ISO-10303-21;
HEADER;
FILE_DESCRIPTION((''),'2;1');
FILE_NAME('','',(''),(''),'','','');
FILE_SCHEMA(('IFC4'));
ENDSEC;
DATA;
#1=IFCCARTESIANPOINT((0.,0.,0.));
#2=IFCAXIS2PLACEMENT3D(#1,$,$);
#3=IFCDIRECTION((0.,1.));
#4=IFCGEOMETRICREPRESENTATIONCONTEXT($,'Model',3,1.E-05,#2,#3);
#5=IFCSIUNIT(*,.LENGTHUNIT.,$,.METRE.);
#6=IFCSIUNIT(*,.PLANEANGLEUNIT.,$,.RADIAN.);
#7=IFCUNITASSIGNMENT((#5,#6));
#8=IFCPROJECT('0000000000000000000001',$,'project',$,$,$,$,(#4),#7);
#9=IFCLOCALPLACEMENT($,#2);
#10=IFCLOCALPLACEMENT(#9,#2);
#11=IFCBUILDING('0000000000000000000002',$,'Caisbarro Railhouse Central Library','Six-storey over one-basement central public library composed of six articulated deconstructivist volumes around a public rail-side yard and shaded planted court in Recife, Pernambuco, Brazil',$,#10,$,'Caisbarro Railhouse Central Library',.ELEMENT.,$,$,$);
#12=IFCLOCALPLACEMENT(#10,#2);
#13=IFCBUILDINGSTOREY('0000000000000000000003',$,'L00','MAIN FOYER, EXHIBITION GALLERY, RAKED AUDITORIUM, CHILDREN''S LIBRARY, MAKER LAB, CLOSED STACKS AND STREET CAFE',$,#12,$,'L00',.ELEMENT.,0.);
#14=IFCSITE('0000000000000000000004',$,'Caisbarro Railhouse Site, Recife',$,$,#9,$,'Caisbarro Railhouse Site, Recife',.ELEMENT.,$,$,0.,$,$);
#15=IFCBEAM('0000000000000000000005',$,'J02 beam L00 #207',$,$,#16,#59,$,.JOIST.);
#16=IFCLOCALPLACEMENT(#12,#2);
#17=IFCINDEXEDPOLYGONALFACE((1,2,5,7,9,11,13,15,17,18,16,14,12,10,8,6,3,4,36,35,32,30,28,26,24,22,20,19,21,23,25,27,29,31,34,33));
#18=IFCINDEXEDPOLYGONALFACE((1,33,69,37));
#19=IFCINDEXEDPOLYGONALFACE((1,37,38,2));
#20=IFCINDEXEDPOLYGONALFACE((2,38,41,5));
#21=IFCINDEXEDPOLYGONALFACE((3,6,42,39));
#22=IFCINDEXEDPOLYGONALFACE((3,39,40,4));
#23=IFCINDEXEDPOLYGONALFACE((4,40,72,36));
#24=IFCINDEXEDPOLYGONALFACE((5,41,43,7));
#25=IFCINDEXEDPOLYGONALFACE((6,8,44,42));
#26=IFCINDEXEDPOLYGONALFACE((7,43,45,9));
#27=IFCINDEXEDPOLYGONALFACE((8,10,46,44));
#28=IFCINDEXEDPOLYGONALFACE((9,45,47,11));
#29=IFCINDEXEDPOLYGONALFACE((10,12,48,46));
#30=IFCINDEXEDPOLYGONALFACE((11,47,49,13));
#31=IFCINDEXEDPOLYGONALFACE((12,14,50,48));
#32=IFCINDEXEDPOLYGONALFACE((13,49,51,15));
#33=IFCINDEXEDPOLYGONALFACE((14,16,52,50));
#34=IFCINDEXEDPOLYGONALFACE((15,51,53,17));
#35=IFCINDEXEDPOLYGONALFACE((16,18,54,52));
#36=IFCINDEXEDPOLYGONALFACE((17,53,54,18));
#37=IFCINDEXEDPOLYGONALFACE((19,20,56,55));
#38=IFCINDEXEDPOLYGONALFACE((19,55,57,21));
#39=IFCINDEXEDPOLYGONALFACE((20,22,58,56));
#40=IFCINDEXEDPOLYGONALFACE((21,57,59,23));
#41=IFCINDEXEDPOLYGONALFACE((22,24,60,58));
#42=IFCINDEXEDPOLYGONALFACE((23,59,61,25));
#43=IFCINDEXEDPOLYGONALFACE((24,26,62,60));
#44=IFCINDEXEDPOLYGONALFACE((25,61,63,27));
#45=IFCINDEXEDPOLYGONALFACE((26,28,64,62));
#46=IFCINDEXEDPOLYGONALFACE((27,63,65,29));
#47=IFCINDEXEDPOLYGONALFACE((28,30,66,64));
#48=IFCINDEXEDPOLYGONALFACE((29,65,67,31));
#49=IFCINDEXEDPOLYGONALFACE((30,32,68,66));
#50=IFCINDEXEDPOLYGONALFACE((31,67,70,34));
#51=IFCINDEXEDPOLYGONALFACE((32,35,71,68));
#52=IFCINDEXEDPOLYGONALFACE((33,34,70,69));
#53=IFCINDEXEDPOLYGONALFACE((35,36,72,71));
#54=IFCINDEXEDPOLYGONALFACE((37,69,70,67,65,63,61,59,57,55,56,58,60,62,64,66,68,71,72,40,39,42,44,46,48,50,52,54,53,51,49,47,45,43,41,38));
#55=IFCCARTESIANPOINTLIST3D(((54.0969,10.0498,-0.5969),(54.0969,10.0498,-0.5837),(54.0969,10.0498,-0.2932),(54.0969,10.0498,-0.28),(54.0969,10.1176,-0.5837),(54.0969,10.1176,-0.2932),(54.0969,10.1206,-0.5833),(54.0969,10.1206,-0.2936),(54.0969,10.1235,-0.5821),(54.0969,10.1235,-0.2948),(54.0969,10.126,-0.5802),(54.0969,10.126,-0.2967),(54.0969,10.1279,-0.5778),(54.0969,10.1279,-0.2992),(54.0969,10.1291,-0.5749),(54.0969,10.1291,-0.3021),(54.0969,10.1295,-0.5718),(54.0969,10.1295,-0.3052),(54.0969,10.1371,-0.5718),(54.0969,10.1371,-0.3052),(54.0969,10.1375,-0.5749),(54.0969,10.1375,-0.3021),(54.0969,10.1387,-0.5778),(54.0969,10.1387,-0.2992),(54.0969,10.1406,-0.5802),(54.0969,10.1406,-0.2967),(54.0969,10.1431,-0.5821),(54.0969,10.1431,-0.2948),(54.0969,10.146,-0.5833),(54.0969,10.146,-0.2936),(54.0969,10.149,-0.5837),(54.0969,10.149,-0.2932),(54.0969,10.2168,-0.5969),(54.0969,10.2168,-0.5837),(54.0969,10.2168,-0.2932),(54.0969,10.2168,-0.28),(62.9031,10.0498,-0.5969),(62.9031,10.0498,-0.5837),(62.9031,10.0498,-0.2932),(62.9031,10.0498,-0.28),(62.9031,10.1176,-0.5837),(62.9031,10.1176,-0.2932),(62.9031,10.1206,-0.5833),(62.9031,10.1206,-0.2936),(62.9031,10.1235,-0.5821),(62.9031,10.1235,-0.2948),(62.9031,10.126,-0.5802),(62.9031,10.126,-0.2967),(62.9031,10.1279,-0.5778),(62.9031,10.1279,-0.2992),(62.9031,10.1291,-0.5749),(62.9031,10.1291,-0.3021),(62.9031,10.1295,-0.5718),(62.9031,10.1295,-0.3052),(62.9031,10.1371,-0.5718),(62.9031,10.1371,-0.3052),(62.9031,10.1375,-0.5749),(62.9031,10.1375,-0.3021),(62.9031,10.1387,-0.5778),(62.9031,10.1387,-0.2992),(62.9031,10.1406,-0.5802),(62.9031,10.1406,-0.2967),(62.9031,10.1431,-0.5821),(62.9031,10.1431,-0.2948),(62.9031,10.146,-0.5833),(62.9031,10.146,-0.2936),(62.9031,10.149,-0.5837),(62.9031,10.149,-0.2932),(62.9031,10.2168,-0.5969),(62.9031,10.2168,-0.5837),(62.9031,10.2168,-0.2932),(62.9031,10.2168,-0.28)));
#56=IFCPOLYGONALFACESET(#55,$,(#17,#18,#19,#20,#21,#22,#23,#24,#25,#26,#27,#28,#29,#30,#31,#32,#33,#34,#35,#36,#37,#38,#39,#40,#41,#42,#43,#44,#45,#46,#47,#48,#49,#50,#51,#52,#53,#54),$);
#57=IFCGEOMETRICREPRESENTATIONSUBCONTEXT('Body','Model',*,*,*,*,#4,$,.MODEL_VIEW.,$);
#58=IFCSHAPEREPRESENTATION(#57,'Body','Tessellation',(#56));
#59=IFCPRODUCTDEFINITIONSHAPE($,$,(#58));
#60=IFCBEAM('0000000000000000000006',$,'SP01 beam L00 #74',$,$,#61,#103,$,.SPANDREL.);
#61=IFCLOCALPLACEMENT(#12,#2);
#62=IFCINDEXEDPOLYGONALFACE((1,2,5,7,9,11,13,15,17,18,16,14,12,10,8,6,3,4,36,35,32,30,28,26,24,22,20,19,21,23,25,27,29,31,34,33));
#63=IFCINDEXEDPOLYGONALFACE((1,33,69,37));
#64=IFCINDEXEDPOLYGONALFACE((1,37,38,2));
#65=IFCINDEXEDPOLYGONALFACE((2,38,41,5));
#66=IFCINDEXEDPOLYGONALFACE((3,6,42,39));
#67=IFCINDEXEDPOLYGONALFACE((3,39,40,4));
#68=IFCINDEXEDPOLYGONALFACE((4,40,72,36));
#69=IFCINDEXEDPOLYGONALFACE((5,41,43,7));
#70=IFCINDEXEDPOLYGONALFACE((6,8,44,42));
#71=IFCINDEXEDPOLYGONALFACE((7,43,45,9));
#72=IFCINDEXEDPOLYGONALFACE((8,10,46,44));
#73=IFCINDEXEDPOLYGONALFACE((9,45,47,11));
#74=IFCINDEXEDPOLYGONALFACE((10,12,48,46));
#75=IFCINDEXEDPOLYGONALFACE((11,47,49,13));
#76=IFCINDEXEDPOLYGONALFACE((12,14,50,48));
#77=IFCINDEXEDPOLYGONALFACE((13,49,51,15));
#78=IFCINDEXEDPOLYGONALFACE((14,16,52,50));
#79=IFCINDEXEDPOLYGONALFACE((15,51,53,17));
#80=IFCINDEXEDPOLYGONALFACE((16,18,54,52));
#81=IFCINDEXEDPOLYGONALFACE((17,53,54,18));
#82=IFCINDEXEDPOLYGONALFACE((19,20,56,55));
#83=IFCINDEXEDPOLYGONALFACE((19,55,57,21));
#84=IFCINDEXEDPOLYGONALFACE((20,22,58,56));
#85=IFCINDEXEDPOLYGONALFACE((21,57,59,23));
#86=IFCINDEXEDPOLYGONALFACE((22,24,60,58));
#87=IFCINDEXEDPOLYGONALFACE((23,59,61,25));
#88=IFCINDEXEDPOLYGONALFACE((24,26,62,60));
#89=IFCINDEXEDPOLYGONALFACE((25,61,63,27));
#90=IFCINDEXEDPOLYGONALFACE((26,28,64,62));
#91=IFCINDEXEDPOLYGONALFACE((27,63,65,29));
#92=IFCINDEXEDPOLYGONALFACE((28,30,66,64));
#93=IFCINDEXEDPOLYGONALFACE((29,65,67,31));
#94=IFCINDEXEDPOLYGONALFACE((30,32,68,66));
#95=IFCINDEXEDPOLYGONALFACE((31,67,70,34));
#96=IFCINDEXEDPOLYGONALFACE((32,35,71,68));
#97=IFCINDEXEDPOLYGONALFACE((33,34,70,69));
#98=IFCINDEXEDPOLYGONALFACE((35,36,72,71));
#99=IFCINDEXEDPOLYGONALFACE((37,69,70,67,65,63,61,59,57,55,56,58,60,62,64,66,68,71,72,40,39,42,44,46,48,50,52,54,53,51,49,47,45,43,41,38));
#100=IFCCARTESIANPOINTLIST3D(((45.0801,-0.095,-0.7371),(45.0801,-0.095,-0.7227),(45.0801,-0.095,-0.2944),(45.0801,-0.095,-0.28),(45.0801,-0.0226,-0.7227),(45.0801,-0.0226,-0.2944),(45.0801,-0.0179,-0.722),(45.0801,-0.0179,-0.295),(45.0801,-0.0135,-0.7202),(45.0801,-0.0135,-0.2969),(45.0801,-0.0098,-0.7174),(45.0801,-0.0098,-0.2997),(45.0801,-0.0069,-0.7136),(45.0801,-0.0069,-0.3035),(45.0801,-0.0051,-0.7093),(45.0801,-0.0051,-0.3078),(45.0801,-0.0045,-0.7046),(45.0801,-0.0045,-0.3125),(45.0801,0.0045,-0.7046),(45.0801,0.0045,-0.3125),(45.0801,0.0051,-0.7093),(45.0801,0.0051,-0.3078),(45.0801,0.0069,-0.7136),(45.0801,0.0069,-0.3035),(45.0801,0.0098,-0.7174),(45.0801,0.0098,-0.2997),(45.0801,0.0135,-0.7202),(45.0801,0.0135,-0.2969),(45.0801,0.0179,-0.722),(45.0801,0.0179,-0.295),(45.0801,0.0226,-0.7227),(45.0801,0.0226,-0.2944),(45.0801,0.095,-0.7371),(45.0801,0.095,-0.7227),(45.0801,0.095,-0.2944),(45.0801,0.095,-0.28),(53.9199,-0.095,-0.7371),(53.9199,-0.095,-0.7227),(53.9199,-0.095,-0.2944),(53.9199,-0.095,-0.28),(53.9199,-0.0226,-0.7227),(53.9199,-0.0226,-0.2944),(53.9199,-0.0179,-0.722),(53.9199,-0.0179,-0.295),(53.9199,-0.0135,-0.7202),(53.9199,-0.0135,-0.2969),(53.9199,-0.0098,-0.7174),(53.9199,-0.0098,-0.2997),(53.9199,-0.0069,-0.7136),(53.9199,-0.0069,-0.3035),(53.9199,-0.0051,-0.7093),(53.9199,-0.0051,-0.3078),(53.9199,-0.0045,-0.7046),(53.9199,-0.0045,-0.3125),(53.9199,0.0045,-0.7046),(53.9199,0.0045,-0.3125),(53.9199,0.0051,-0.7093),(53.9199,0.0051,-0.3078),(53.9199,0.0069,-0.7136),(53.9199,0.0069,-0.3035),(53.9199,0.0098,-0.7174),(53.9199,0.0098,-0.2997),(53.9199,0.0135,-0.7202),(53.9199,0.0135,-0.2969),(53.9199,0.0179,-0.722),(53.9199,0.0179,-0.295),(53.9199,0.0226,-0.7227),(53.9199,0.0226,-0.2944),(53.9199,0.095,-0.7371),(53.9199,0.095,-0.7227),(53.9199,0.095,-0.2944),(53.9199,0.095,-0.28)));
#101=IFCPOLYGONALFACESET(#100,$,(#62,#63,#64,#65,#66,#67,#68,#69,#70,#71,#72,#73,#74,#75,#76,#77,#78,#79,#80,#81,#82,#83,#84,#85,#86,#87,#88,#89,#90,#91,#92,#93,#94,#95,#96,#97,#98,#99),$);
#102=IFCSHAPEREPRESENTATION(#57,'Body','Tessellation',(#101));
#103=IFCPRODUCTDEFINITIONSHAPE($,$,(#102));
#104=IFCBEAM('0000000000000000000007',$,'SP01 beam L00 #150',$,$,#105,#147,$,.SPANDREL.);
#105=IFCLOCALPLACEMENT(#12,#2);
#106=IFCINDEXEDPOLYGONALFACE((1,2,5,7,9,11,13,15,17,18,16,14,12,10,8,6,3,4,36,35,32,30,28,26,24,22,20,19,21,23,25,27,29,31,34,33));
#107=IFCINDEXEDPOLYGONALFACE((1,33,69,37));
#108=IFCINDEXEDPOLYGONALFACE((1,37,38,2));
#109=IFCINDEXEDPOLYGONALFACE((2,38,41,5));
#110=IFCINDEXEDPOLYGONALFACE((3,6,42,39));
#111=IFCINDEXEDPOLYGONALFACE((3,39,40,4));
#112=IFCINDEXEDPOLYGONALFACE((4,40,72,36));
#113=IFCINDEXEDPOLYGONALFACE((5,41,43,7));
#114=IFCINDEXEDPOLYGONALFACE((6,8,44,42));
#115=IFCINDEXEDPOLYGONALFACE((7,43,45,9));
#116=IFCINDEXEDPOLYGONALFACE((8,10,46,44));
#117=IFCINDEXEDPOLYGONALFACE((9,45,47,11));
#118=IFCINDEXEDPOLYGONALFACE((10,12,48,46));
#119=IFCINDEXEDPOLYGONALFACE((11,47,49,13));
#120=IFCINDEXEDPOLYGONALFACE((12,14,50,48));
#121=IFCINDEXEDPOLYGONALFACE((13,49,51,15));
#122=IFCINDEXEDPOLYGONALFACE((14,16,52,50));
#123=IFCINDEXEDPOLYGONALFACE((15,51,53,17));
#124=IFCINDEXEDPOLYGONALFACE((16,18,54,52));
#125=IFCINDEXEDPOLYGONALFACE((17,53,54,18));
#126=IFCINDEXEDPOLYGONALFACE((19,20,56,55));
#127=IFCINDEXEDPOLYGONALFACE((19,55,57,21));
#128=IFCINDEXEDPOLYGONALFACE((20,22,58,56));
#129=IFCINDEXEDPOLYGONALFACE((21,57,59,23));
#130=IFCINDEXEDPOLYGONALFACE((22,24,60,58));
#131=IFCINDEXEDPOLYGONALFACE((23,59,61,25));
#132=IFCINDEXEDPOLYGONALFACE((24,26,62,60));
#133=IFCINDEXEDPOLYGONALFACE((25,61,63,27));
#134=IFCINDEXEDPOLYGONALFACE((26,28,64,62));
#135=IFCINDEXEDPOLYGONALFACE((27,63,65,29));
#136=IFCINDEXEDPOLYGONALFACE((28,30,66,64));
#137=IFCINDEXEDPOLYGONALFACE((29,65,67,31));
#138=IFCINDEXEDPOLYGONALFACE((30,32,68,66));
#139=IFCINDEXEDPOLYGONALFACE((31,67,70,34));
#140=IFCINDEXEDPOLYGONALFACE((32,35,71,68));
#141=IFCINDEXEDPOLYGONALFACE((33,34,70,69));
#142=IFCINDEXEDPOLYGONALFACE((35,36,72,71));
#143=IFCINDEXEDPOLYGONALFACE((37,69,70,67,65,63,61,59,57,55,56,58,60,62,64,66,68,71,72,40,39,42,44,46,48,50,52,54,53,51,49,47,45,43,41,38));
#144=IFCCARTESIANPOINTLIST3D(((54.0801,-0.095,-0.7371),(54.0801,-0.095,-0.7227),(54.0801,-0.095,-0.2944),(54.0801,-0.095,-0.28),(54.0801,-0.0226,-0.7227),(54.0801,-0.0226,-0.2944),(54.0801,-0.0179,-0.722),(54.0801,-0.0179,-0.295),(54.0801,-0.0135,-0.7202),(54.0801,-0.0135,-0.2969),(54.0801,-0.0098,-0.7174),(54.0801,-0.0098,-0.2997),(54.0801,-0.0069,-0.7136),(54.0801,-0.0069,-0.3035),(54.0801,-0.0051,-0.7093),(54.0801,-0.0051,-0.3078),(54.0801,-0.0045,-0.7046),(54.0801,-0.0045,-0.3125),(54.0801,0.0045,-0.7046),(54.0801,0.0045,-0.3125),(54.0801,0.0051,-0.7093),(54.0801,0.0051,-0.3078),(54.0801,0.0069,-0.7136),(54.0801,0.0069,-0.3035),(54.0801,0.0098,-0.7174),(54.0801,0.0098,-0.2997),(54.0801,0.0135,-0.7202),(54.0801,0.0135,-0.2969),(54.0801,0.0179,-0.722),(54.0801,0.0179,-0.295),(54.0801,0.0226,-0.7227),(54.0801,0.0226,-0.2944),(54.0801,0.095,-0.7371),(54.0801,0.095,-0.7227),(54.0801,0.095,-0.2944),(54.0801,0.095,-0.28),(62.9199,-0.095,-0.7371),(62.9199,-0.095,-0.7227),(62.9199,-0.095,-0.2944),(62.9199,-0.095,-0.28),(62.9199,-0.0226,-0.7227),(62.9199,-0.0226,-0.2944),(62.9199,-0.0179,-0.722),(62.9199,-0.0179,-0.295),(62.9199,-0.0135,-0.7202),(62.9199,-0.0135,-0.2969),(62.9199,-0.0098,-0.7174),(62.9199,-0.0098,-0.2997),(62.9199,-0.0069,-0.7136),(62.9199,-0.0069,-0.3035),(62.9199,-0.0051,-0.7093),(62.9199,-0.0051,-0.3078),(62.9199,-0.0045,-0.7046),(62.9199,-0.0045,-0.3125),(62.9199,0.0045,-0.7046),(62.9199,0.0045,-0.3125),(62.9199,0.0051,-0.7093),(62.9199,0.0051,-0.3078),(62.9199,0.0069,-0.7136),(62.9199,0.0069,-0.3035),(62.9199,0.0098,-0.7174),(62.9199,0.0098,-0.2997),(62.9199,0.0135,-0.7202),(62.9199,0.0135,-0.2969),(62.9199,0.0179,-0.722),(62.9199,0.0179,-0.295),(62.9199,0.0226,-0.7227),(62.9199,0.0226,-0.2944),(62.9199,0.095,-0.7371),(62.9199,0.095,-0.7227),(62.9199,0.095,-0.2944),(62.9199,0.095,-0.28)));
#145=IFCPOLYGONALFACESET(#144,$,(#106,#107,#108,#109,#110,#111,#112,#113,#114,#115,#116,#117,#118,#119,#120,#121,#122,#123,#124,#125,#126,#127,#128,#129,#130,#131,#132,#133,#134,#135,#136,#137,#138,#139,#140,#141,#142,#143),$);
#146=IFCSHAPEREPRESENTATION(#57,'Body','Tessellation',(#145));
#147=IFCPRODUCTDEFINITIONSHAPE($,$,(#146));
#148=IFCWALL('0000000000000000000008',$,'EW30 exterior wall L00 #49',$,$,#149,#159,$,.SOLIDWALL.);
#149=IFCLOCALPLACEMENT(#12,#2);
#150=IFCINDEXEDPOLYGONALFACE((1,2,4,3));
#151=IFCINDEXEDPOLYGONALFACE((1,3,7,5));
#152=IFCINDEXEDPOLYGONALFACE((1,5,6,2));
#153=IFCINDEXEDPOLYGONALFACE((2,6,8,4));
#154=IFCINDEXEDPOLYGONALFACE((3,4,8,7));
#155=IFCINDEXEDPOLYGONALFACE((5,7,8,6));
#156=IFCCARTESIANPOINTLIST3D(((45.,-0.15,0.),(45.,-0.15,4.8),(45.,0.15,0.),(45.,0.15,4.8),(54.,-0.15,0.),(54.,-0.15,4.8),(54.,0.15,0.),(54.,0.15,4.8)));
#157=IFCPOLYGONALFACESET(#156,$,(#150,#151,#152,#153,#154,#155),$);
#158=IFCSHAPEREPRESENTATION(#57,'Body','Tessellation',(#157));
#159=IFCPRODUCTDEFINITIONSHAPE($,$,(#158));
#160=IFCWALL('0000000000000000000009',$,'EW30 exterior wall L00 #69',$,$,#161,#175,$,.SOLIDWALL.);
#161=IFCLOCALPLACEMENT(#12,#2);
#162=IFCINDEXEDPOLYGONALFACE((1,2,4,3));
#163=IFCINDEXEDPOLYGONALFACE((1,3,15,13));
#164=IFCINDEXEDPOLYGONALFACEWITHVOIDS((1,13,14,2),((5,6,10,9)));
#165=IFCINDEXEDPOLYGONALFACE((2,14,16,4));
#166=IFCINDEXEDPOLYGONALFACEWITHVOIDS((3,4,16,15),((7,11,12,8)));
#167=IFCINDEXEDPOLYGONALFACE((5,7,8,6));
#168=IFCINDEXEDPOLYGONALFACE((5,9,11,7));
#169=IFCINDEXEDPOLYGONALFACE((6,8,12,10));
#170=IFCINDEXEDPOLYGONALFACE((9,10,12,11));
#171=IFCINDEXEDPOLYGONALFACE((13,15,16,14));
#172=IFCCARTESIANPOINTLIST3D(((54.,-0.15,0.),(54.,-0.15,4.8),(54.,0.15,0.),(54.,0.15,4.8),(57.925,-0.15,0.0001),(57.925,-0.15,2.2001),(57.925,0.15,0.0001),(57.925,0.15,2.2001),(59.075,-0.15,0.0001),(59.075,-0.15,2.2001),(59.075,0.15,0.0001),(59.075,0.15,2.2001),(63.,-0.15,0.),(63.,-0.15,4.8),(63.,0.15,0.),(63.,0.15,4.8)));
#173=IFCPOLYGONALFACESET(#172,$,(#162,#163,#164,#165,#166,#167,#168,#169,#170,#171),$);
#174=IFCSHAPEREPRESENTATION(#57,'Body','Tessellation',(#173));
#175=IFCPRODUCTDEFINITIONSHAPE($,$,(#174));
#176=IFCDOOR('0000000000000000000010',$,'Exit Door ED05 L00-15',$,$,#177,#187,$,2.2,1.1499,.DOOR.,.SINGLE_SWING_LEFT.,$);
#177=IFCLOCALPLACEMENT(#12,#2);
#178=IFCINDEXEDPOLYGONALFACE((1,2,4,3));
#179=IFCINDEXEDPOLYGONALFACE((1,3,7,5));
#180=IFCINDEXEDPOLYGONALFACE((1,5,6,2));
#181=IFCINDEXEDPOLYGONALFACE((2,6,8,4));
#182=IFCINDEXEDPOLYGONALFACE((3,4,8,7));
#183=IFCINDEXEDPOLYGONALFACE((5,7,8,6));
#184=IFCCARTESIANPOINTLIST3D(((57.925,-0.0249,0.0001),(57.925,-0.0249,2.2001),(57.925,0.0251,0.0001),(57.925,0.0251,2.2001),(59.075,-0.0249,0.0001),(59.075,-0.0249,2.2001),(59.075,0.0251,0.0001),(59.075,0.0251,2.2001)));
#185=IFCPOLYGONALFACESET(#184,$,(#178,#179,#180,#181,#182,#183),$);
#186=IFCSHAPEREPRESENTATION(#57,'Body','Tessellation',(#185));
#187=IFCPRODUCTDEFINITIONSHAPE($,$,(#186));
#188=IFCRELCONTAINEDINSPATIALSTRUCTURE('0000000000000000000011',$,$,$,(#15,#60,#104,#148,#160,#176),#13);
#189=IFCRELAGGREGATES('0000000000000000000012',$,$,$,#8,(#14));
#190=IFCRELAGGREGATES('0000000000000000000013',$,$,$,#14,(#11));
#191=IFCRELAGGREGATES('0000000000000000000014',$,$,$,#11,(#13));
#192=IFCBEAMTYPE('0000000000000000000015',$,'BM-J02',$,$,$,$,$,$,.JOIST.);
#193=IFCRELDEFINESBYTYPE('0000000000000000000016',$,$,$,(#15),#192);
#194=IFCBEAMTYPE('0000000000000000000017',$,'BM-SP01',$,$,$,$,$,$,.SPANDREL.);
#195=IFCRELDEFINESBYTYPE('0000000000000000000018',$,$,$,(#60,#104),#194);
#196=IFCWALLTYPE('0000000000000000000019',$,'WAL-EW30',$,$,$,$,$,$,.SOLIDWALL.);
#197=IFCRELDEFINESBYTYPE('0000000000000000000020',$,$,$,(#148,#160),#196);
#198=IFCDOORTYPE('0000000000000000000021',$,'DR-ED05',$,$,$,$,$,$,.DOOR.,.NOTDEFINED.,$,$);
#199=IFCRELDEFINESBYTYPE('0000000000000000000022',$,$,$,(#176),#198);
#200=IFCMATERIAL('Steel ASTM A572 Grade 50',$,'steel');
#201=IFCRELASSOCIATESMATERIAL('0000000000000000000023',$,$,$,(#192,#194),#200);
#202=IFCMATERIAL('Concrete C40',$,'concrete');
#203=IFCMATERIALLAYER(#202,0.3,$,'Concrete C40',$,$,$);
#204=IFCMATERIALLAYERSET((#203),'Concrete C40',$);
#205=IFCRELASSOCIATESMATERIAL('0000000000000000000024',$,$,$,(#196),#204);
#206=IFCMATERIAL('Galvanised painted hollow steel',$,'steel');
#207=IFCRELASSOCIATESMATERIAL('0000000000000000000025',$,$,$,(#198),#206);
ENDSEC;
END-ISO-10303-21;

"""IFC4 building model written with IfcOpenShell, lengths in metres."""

from ifc_helpers import new_model, si_unit, direction, frame, frame_2d, origin, origin_2d, place, context, subcontext, project, spatial, rectangle, i_section, extrude, material, layer, layer_set, material_profile, profile_set, type_object, element, fill, save


model = new_model("IFC4")

# Units and contexts
model_context = context("Model", 3, precision=1e-05, world=origin(), true_north=direction((0.0, 1.0)))
body_context = subcontext(model_context, "Body", "Model", "MODEL_VIEW")
ifc_project = project(units=[si_unit("LENGTHUNIT", "METRE"), si_unit("PLANEANGLEUNIT", "RADIAN")], contexts=[model_context])

# Site, building, storey
site_placement = place(None, origin())
site = spatial("IfcSite", under=ifc_project, at=site_placement, Name="Caisbarro Railhouse Site, Recife", LongName="Caisbarro Railhouse Site, Recife", CompositionType="ELEMENT", RefElevation=0.0)
building_placement = place(site_placement, origin())
building = spatial("IfcBuilding", under=site, at=building_placement, Name="Caisbarro Railhouse Central Library", Description="Six-storey over one-basement central public library composed of six articulated deconstructivist volumes around a public rail-side yard and shaded planted court in Recife, Pernambuco, Brazil", LongName="Caisbarro Railhouse Central Library", CompositionType="ELEMENT")
storey_placement = place(building_placement, origin())
storey = spatial("IfcBuildingStorey", under=building, at=storey_placement, Name="L00", Description="MAIN FOYER, EXHIBITION GALLERY, RAKED AUDITORIUM, CHILDREN'S LIBRARY, MAKER LAB, CLOSED STACKS AND STREET CAFE", LongName="L00", CompositionType="ELEMENT", Elevation=0.0)

# Shared definitions
ifc_material_1 = material(Name="Steel ASTM A572 Grade 50", Category="steel")

# Beams
ifc_material_profile_1 = material_profile(ifc_material_1, i_section(OverallWidth=0.167, OverallDepth=0.3169, WebThickness=0.0076, FlangeThickness=0.0132, FilletRadius=0.012, at=origin_2d()), Name="W310X52.0")
ifc_profile_set_1 = profile_set([ifc_material_profile_1], Name="Steel ASTM A572 Grade 50")
beam_type_1 = type_object("IfcBeamType", Name="BM-J02", PredefinedType="JOIST", material=ifc_profile_set_1)
for number, where, z_axis, x_axis, name in (
    (1, (54.0969, 10.1333, -0.4385), (1.0, 0.0, 0.0), (0.0, 1.0, 0.0), "J02 beam L00 #207"),
):
    element("IfcBeam", number, at=place(storey_placement, frame(where, z_axis=z_axis, x_axis=x_axis)), inside=storey, type_object=beam_type_1, Name=name, PredefinedType="JOIST", context=body_context, shape_type="SweptSolid", body=[
        extrude(i_section(OverallWidth=0.167, OverallDepth=0.3169, WebThickness=0.0076, FlangeThickness=0.0132, FilletRadius=0.012, at=origin_2d()), origin(), (0.0, 0.0, 1.0), 8.8062),
    ])
ifc_material_profile_2 = material_profile(ifc_material_1, i_section(OverallWidth=0.1899, OverallDepth=0.457, WebThickness=0.009, FlangeThickness=0.0144, FilletRadius=0.0181, at=origin_2d()), Name="W460X74.0")
ifc_profile_set_2 = profile_set([ifc_material_profile_2], Name="Steel ASTM A572 Grade 50")
beam_type_2 = type_object("IfcBeamType", Name="BM-SP01", PredefinedType="SPANDREL", material=ifc_profile_set_2)
for number, where, z_axis, x_axis, name in (
    (2, (45.0801, 0.0, -0.5085), (1.0, 0.0, 0.0), (0.0, 1.0, 0.0), "SP01 beam L00 #74"),
    (3, (54.0801, 0.0, -0.5085), (1.0, 0.0, 0.0), (0.0, 1.0, 0.0), "SP01 beam L00 #150"),
):
    element("IfcBeam", number, at=place(storey_placement, frame(where, z_axis=z_axis, x_axis=x_axis)), inside=storey, type_object=beam_type_2, Name=name, PredefinedType="SPANDREL", context=body_context, shape_type="SweptSolid", body=[
        extrude(i_section(OverallWidth=0.1899, OverallDepth=0.457, WebThickness=0.009, FlangeThickness=0.0144, FilletRadius=0.0181, at=origin_2d()), origin(), (0.0, 0.0, 1.0), 8.8398),
    ])

# Wall
ifc_material_2 = material(Name="Concrete C40", Category="concrete")
ifc_layer_1 = layer(ifc_material_2, 0.3, Name="Concrete C40")
ifc_layer_set_1 = layer_set([ifc_layer_1], Name="Concrete C40")
wall_type_1 = type_object("IfcWallType", Name="WAL-EW30", PredefinedType="SOLIDWALL", material=ifc_layer_set_1)
wall_1_placement = place(storey_placement, frame((45.0, 0.0, 0.0), z_axis=(0.0, 0.0, 1.0), x_axis=(1.0, 0.0, 0.0)))
element("IfcWall", 4, at=wall_1_placement, inside=storey, type_object=wall_type_1, Name="EW30 exterior wall L00 #49", PredefinedType="SOLIDWALL", context=body_context, shape_type="SweptSolid", body=[
    extrude(rectangle(XDim=9.0, YDim=0.3, at=frame_2d((4.5, 0.0))), origin(), (0.0, 0.0, 1.0), 4.8),
])

# Wall, opening, door
wall_2_placement = place(storey_placement, frame((54.0, 0.0, 0.0), z_axis=(0.0, 0.0, 1.0), x_axis=(1.0, 0.0, 0.0)))
wall_2 = element("IfcWall", 5, at=wall_2_placement, inside=storey, type_object=wall_type_1, Name="EW30 exterior wall L00 #69", PredefinedType="SOLIDWALL", context=body_context, shape_type="SweptSolid", body=[
    extrude(rectangle(XDim=9.0, YDim=0.3, at=frame_2d((4.5, 0.0))), origin(), (0.0, 0.0, 1.0), 4.8),
])
opening_1_placement = place(wall_2_placement, frame((3.925, 0.0, 0.0)))
opening_1 = element("IfcOpeningElement", 6, at=opening_1_placement, cuts=wall_2, PredefinedType="OPENING", context=body_context, shape_type="SweptSolid", body=[
    extrude(rectangle(XDim=1.1499, YDim=2.2, at=frame_2d((0.575, 1.1001))), frame((0.0, 0.1602, 0.0), z_axis=(0.0, -1.0, 0.0), x_axis=(1.0, 0.0, 0.0)), (0.0, 0.0, 1.0), 0.3201),
])
ifc_material_3 = material(Name="Galvanised painted hollow steel", Category="steel")
door_type_1 = type_object("IfcDoorType", Name="DR-ED05", OperationType="NOTDEFINED", PredefinedType="DOOR", material=ifc_material_3)
door_1_placement = place(opening_1_placement, frame((1.1499, 0.0, 0.0), z_axis=(0.0, 0.0, 1.0), x_axis=(-1.0, 0.0, 0.0)))
door_1 = element("IfcDoor", 7, at=door_1_placement, inside=storey, type_object=door_type_1, Name="Exit Door ED05 L00-15", OperationType="SINGLE_SWING_LEFT", OverallHeight=2.2, OverallWidth=1.1499, PredefinedType="DOOR", context=body_context, shape_type="SweptSolid", body=[
    extrude(rectangle(XDim=1.1499, YDim=2.2, at=frame_2d((0.575, 1.1001))), frame((0.0, 0.0249, 0.0), z_axis=(0.0, -1.0, 0.0), x_axis=(1.0, 0.0, 0.0)), (0.0, 0.0, 1.0), 0.05),
])
fill(opening_1, door_1)

save(model, "model.ifc")
